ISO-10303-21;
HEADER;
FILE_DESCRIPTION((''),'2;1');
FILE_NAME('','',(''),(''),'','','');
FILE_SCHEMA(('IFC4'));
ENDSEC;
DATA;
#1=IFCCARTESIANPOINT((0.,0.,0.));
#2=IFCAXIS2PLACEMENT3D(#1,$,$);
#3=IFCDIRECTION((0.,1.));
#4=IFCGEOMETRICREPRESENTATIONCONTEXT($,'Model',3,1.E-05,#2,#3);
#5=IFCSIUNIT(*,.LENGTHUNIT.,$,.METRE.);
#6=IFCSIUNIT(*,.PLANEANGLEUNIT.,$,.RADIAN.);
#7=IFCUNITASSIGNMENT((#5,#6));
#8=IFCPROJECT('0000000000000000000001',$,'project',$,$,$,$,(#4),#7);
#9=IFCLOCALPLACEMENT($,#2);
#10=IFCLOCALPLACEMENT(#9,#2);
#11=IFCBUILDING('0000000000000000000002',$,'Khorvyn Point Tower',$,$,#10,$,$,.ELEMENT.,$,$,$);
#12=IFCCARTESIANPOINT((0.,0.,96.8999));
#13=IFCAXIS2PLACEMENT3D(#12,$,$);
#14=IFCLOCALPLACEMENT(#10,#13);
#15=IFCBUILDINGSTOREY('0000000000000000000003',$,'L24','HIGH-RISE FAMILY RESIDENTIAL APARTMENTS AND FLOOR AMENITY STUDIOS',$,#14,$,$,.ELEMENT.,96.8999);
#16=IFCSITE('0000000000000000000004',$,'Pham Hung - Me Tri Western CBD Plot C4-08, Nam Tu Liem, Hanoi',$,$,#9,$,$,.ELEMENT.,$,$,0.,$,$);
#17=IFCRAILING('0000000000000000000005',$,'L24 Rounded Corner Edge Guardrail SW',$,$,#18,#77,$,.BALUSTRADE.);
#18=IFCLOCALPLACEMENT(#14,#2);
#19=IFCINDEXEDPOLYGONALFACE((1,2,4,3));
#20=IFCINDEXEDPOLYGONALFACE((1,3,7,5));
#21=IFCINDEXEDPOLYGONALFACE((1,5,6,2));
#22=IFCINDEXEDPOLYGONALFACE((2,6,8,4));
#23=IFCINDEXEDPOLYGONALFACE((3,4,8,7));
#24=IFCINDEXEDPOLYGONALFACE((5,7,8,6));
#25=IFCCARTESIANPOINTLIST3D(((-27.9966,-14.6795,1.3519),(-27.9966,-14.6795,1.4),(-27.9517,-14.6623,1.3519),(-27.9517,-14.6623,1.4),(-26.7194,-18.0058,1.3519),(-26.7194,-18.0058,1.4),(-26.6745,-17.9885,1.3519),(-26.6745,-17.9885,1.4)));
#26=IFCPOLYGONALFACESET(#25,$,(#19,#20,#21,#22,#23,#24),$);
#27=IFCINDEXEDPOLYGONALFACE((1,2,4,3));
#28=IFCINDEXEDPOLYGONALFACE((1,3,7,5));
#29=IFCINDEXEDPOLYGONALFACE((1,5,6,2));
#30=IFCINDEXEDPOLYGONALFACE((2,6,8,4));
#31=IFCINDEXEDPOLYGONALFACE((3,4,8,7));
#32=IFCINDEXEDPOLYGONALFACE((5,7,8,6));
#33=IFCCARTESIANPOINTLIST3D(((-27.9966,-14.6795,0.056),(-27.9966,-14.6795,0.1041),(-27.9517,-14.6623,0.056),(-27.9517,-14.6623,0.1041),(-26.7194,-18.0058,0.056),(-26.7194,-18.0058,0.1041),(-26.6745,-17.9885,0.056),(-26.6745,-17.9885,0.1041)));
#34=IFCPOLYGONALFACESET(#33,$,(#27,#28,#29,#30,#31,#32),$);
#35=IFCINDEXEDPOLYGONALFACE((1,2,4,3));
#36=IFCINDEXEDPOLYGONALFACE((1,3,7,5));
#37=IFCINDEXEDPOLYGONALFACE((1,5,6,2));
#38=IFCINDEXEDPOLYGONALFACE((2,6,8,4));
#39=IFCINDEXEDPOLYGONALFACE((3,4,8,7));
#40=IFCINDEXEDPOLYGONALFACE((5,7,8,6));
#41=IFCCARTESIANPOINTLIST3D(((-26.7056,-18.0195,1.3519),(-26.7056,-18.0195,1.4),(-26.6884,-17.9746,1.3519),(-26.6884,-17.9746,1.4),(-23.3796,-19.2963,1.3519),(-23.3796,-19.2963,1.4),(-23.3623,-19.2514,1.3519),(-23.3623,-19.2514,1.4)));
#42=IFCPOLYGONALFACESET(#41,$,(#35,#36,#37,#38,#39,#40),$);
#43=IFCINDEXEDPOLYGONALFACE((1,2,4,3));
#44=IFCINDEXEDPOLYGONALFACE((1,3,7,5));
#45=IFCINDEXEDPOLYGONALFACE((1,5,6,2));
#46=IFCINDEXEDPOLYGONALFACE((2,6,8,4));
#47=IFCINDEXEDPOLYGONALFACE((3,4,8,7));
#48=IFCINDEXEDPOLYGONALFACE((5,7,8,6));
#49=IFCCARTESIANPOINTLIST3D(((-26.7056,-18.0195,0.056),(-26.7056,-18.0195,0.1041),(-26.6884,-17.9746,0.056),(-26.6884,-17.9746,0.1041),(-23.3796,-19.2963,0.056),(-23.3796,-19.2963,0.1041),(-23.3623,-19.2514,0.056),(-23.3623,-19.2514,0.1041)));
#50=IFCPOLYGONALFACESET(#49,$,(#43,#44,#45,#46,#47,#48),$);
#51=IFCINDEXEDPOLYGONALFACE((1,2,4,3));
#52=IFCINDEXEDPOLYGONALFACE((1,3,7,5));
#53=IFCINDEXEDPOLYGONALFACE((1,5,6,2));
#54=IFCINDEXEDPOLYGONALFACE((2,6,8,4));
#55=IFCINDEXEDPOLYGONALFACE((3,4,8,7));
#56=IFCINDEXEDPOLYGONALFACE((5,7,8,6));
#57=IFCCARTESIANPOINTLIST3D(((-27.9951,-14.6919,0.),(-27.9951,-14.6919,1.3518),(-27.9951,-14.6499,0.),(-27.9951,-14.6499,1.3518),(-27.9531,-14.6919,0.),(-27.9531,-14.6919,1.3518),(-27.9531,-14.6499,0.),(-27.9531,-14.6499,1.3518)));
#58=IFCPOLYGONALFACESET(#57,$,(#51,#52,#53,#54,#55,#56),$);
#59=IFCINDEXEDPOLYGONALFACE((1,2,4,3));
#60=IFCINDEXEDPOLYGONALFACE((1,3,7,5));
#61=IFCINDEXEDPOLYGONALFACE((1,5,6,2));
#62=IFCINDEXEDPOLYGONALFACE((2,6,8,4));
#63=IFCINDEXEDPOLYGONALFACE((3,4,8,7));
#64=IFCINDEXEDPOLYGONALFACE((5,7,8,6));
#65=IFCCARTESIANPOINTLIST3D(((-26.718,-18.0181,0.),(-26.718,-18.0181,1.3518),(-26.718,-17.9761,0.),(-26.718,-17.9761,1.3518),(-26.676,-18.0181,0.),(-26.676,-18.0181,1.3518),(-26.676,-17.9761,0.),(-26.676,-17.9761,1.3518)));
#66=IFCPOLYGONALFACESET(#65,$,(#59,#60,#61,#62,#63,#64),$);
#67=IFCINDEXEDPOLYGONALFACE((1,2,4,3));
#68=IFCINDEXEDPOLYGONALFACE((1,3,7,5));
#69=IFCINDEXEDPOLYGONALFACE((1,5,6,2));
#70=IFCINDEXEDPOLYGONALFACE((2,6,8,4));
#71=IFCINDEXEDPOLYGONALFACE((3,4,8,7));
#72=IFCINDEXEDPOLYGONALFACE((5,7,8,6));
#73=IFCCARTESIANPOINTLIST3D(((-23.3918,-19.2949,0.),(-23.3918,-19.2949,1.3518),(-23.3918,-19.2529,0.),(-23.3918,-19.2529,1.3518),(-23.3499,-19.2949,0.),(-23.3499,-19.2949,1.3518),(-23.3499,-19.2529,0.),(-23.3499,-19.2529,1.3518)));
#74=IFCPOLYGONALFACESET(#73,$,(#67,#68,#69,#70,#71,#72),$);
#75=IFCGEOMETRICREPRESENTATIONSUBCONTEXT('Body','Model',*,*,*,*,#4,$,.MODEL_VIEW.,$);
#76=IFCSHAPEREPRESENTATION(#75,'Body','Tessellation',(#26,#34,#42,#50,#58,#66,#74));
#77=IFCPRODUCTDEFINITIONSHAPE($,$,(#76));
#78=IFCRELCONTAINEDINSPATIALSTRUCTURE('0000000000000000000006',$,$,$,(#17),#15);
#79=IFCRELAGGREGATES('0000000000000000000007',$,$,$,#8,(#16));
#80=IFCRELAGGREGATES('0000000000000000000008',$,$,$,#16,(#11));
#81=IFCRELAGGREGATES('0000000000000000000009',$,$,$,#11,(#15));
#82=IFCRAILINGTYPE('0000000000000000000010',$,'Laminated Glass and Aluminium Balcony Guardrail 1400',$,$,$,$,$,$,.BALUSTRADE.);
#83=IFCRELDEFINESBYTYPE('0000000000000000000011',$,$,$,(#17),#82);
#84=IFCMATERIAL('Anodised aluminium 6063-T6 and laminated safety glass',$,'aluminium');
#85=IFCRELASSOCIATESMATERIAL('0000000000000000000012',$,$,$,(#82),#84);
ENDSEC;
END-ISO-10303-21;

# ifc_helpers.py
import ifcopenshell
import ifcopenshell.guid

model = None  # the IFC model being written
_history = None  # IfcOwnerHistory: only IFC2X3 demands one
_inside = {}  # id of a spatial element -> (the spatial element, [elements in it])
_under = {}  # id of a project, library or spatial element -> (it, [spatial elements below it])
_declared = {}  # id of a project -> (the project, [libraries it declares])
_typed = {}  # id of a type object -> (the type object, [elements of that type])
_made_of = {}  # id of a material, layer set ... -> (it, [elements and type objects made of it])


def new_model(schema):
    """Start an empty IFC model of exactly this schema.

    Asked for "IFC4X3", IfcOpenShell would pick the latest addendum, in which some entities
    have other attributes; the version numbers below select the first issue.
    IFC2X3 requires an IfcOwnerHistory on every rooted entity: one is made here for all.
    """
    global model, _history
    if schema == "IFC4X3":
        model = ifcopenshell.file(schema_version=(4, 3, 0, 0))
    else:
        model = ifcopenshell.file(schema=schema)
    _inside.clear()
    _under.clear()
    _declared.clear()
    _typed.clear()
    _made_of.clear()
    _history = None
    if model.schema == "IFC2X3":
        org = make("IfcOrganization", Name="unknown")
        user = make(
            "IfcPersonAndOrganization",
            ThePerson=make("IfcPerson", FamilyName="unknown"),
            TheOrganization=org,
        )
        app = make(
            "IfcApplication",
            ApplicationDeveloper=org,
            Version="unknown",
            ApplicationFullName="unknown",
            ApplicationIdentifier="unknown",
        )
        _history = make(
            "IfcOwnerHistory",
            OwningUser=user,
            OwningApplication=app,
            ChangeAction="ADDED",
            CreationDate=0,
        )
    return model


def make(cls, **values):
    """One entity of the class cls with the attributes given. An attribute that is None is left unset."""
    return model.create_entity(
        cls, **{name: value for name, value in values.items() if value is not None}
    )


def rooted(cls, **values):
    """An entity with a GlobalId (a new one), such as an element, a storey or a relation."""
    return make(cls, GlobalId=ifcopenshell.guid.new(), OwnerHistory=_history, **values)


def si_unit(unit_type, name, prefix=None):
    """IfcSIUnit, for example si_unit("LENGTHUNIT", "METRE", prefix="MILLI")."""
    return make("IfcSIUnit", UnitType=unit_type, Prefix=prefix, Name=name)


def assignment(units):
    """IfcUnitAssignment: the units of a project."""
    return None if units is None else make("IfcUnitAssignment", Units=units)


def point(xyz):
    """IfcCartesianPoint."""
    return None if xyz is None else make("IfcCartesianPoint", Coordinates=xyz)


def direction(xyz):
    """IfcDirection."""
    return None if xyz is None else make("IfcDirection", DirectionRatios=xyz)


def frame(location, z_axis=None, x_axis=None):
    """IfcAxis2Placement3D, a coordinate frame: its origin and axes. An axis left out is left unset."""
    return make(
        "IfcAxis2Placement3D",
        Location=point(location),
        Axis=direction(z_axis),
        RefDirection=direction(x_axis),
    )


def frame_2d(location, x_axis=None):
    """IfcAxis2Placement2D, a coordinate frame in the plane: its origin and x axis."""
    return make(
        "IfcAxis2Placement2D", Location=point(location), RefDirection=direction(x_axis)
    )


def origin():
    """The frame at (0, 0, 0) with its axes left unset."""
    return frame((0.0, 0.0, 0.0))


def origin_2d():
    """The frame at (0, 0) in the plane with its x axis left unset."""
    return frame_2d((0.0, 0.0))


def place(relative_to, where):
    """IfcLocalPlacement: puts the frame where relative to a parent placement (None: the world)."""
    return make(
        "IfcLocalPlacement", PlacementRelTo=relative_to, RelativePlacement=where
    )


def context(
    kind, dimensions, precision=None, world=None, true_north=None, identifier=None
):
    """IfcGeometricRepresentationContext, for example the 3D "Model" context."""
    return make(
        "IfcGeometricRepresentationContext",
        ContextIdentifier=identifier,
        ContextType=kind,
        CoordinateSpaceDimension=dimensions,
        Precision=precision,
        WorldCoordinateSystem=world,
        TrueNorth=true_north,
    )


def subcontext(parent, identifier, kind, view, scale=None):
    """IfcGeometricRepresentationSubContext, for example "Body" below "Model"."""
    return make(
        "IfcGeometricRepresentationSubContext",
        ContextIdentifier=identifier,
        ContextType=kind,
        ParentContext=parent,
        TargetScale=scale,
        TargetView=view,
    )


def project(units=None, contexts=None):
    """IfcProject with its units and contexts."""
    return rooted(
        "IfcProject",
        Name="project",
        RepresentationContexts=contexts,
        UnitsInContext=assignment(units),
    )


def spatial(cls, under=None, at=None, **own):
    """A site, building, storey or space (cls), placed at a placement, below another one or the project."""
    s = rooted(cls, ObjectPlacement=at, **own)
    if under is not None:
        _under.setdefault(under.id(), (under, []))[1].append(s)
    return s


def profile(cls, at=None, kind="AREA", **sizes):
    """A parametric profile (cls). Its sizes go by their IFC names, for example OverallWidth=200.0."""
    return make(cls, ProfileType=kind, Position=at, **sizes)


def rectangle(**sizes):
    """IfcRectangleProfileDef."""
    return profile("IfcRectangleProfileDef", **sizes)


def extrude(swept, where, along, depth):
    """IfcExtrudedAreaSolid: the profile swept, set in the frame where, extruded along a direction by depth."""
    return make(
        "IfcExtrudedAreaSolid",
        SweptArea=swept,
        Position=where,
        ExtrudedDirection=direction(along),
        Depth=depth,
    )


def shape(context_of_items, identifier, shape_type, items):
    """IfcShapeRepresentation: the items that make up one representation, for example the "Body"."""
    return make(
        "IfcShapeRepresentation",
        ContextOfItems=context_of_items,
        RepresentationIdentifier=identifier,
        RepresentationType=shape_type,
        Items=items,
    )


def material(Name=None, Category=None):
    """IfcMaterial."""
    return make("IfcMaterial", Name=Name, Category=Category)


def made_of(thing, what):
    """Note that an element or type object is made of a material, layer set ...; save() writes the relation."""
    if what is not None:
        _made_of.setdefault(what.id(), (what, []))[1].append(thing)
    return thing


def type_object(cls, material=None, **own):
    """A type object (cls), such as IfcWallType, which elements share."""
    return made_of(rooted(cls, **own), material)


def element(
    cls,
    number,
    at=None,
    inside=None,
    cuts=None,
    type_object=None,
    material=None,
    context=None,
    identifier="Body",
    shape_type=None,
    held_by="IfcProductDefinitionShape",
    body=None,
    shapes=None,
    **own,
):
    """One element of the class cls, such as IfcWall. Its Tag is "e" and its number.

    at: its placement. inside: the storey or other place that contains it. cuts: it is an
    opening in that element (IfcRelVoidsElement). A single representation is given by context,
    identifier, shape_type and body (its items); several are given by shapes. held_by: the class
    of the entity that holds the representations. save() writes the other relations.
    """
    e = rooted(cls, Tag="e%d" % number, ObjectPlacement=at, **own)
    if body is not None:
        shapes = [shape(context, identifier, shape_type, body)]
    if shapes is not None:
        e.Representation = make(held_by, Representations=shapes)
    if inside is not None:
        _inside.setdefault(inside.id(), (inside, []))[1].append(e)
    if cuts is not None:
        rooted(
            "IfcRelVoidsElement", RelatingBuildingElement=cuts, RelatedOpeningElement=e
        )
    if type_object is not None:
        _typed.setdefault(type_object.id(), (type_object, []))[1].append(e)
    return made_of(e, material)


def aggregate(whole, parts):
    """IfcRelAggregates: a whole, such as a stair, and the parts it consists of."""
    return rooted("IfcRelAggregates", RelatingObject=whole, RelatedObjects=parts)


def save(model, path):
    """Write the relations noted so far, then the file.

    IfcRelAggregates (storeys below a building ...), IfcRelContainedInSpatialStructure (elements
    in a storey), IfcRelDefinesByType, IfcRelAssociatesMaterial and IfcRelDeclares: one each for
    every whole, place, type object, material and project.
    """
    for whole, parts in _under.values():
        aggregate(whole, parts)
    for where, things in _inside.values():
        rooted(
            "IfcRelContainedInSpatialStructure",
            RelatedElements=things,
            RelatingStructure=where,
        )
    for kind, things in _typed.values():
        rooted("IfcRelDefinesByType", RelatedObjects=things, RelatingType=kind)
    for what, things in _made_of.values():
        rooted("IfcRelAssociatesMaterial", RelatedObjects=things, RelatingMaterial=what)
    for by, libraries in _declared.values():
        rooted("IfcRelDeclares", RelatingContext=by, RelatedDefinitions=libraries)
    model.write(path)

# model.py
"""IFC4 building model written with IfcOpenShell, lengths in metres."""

from ifc_helpers import new_model, si_unit, direction, frame, origin, origin_2d, place, context, subcontext, project, spatial, rectangle, extrude, material, type_object, element, save


model = new_model("IFC4")

# Units and contexts
model_context = context("Model", 3, precision=1e-05, world=origin(), true_north=direction((0.0, 1.0)))
body_context = subcontext(model_context, "Body", "Model", "MODEL_VIEW")
ifc_project = project(units=[si_unit("LENGTHUNIT", "METRE"), si_unit("PLANEANGLEUNIT", "RADIAN")], contexts=[model_context])

# Site, building, storey
site_placement = place(None, origin())
site = spatial("IfcSite", under=ifc_project, at=site_placement, Name="Pham Hung - Me Tri Western CBD Plot C4-08, Nam Tu Liem, Hanoi", CompositionType="ELEMENT", RefElevation=0.0)
building_placement = place(site_placement, origin())
building = spatial("IfcBuilding", under=site, at=building_placement, Name="Khorvyn Point Tower", CompositionType="ELEMENT")
storey_placement = place(building_placement, frame((0.0, 0.0, 96.8999)))
storey = spatial("IfcBuildingStorey", under=building, at=storey_placement, Name="L24", Description="HIGH-RISE FAMILY RESIDENTIAL APARTMENTS AND FLOOR AMENITY STUDIOS", CompositionType="ELEMENT", Elevation=96.8999)

# Railing
ifc_material_1 = material(Name="Anodised aluminium 6063-T6 and laminated safety glass", Category="aluminium")
railing_type = type_object("IfcRailingType", Name="Laminated Glass and Aluminium Balcony Guardrail 1400", PredefinedType="BALUSTRADE", material=ifc_material_1)
railing_placement = place(storey_placement, frame((-27.9741, -14.6709, 0.0)))
element("IfcRailing", 1, at=railing_placement, inside=storey, type_object=railing_type, Name="L24 Rounded Corner Edge Guardrail SW", PredefinedType="BALUSTRADE", context=body_context, shape_type="SweptSolid", body=[
    extrude(rectangle(XDim=0.0481, YDim=0.0481, at=origin_2d()), frame((0.0, 0.0, 1.376), z_axis=(0.358442, -0.933552, 0.0), x_axis=(0.933552, 0.358442, 0.0)), (0.0, 0.0, 1.0), 3.563),
    extrude(rectangle(XDim=0.0481, YDim=0.0481, at=origin_2d()), frame((0.0, 0.0, 0.0801), z_axis=(0.358442, -0.933552, 0.0), x_axis=(0.933552, 0.358442, 0.0)), (0.0, 0.0, 1.0), 3.563),
    extrude(rectangle(XDim=0.0481, YDim=0.0481, at=origin_2d()), frame((1.2771, -3.3262, 1.376), z_axis=(0.933575, -0.358382, 0.0), x_axis=(0.358382, 0.933575, 0.0)), (0.0, 0.0, 1.0), 3.5627),
    extrude(rectangle(XDim=0.0481, YDim=0.0481, at=origin_2d()), frame((1.2771, -3.3262, 0.0801), z_axis=(0.933575, -0.358382, 0.0), x_axis=(0.358382, 0.933575, 0.0)), (0.0, 0.0, 1.0), 3.5627),
    extrude(rectangle(XDim=0.042, YDim=0.042, at=origin_2d()), origin(), (0.0, 0.0, 1.0), 1.3518),
    extrude(rectangle(XDim=0.042, YDim=0.042, at=origin_2d()), frame((1.2771, -3.3262, 0.0)), (0.0, 0.0, 1.0), 1.3518),
    extrude(rectangle(XDim=0.042, YDim=0.042, at=origin_2d()), frame((4.6033, -4.603, 0.0)), (0.0, 0.0, 1.0), 1.3518),
])

save(model, "model.ifc")
